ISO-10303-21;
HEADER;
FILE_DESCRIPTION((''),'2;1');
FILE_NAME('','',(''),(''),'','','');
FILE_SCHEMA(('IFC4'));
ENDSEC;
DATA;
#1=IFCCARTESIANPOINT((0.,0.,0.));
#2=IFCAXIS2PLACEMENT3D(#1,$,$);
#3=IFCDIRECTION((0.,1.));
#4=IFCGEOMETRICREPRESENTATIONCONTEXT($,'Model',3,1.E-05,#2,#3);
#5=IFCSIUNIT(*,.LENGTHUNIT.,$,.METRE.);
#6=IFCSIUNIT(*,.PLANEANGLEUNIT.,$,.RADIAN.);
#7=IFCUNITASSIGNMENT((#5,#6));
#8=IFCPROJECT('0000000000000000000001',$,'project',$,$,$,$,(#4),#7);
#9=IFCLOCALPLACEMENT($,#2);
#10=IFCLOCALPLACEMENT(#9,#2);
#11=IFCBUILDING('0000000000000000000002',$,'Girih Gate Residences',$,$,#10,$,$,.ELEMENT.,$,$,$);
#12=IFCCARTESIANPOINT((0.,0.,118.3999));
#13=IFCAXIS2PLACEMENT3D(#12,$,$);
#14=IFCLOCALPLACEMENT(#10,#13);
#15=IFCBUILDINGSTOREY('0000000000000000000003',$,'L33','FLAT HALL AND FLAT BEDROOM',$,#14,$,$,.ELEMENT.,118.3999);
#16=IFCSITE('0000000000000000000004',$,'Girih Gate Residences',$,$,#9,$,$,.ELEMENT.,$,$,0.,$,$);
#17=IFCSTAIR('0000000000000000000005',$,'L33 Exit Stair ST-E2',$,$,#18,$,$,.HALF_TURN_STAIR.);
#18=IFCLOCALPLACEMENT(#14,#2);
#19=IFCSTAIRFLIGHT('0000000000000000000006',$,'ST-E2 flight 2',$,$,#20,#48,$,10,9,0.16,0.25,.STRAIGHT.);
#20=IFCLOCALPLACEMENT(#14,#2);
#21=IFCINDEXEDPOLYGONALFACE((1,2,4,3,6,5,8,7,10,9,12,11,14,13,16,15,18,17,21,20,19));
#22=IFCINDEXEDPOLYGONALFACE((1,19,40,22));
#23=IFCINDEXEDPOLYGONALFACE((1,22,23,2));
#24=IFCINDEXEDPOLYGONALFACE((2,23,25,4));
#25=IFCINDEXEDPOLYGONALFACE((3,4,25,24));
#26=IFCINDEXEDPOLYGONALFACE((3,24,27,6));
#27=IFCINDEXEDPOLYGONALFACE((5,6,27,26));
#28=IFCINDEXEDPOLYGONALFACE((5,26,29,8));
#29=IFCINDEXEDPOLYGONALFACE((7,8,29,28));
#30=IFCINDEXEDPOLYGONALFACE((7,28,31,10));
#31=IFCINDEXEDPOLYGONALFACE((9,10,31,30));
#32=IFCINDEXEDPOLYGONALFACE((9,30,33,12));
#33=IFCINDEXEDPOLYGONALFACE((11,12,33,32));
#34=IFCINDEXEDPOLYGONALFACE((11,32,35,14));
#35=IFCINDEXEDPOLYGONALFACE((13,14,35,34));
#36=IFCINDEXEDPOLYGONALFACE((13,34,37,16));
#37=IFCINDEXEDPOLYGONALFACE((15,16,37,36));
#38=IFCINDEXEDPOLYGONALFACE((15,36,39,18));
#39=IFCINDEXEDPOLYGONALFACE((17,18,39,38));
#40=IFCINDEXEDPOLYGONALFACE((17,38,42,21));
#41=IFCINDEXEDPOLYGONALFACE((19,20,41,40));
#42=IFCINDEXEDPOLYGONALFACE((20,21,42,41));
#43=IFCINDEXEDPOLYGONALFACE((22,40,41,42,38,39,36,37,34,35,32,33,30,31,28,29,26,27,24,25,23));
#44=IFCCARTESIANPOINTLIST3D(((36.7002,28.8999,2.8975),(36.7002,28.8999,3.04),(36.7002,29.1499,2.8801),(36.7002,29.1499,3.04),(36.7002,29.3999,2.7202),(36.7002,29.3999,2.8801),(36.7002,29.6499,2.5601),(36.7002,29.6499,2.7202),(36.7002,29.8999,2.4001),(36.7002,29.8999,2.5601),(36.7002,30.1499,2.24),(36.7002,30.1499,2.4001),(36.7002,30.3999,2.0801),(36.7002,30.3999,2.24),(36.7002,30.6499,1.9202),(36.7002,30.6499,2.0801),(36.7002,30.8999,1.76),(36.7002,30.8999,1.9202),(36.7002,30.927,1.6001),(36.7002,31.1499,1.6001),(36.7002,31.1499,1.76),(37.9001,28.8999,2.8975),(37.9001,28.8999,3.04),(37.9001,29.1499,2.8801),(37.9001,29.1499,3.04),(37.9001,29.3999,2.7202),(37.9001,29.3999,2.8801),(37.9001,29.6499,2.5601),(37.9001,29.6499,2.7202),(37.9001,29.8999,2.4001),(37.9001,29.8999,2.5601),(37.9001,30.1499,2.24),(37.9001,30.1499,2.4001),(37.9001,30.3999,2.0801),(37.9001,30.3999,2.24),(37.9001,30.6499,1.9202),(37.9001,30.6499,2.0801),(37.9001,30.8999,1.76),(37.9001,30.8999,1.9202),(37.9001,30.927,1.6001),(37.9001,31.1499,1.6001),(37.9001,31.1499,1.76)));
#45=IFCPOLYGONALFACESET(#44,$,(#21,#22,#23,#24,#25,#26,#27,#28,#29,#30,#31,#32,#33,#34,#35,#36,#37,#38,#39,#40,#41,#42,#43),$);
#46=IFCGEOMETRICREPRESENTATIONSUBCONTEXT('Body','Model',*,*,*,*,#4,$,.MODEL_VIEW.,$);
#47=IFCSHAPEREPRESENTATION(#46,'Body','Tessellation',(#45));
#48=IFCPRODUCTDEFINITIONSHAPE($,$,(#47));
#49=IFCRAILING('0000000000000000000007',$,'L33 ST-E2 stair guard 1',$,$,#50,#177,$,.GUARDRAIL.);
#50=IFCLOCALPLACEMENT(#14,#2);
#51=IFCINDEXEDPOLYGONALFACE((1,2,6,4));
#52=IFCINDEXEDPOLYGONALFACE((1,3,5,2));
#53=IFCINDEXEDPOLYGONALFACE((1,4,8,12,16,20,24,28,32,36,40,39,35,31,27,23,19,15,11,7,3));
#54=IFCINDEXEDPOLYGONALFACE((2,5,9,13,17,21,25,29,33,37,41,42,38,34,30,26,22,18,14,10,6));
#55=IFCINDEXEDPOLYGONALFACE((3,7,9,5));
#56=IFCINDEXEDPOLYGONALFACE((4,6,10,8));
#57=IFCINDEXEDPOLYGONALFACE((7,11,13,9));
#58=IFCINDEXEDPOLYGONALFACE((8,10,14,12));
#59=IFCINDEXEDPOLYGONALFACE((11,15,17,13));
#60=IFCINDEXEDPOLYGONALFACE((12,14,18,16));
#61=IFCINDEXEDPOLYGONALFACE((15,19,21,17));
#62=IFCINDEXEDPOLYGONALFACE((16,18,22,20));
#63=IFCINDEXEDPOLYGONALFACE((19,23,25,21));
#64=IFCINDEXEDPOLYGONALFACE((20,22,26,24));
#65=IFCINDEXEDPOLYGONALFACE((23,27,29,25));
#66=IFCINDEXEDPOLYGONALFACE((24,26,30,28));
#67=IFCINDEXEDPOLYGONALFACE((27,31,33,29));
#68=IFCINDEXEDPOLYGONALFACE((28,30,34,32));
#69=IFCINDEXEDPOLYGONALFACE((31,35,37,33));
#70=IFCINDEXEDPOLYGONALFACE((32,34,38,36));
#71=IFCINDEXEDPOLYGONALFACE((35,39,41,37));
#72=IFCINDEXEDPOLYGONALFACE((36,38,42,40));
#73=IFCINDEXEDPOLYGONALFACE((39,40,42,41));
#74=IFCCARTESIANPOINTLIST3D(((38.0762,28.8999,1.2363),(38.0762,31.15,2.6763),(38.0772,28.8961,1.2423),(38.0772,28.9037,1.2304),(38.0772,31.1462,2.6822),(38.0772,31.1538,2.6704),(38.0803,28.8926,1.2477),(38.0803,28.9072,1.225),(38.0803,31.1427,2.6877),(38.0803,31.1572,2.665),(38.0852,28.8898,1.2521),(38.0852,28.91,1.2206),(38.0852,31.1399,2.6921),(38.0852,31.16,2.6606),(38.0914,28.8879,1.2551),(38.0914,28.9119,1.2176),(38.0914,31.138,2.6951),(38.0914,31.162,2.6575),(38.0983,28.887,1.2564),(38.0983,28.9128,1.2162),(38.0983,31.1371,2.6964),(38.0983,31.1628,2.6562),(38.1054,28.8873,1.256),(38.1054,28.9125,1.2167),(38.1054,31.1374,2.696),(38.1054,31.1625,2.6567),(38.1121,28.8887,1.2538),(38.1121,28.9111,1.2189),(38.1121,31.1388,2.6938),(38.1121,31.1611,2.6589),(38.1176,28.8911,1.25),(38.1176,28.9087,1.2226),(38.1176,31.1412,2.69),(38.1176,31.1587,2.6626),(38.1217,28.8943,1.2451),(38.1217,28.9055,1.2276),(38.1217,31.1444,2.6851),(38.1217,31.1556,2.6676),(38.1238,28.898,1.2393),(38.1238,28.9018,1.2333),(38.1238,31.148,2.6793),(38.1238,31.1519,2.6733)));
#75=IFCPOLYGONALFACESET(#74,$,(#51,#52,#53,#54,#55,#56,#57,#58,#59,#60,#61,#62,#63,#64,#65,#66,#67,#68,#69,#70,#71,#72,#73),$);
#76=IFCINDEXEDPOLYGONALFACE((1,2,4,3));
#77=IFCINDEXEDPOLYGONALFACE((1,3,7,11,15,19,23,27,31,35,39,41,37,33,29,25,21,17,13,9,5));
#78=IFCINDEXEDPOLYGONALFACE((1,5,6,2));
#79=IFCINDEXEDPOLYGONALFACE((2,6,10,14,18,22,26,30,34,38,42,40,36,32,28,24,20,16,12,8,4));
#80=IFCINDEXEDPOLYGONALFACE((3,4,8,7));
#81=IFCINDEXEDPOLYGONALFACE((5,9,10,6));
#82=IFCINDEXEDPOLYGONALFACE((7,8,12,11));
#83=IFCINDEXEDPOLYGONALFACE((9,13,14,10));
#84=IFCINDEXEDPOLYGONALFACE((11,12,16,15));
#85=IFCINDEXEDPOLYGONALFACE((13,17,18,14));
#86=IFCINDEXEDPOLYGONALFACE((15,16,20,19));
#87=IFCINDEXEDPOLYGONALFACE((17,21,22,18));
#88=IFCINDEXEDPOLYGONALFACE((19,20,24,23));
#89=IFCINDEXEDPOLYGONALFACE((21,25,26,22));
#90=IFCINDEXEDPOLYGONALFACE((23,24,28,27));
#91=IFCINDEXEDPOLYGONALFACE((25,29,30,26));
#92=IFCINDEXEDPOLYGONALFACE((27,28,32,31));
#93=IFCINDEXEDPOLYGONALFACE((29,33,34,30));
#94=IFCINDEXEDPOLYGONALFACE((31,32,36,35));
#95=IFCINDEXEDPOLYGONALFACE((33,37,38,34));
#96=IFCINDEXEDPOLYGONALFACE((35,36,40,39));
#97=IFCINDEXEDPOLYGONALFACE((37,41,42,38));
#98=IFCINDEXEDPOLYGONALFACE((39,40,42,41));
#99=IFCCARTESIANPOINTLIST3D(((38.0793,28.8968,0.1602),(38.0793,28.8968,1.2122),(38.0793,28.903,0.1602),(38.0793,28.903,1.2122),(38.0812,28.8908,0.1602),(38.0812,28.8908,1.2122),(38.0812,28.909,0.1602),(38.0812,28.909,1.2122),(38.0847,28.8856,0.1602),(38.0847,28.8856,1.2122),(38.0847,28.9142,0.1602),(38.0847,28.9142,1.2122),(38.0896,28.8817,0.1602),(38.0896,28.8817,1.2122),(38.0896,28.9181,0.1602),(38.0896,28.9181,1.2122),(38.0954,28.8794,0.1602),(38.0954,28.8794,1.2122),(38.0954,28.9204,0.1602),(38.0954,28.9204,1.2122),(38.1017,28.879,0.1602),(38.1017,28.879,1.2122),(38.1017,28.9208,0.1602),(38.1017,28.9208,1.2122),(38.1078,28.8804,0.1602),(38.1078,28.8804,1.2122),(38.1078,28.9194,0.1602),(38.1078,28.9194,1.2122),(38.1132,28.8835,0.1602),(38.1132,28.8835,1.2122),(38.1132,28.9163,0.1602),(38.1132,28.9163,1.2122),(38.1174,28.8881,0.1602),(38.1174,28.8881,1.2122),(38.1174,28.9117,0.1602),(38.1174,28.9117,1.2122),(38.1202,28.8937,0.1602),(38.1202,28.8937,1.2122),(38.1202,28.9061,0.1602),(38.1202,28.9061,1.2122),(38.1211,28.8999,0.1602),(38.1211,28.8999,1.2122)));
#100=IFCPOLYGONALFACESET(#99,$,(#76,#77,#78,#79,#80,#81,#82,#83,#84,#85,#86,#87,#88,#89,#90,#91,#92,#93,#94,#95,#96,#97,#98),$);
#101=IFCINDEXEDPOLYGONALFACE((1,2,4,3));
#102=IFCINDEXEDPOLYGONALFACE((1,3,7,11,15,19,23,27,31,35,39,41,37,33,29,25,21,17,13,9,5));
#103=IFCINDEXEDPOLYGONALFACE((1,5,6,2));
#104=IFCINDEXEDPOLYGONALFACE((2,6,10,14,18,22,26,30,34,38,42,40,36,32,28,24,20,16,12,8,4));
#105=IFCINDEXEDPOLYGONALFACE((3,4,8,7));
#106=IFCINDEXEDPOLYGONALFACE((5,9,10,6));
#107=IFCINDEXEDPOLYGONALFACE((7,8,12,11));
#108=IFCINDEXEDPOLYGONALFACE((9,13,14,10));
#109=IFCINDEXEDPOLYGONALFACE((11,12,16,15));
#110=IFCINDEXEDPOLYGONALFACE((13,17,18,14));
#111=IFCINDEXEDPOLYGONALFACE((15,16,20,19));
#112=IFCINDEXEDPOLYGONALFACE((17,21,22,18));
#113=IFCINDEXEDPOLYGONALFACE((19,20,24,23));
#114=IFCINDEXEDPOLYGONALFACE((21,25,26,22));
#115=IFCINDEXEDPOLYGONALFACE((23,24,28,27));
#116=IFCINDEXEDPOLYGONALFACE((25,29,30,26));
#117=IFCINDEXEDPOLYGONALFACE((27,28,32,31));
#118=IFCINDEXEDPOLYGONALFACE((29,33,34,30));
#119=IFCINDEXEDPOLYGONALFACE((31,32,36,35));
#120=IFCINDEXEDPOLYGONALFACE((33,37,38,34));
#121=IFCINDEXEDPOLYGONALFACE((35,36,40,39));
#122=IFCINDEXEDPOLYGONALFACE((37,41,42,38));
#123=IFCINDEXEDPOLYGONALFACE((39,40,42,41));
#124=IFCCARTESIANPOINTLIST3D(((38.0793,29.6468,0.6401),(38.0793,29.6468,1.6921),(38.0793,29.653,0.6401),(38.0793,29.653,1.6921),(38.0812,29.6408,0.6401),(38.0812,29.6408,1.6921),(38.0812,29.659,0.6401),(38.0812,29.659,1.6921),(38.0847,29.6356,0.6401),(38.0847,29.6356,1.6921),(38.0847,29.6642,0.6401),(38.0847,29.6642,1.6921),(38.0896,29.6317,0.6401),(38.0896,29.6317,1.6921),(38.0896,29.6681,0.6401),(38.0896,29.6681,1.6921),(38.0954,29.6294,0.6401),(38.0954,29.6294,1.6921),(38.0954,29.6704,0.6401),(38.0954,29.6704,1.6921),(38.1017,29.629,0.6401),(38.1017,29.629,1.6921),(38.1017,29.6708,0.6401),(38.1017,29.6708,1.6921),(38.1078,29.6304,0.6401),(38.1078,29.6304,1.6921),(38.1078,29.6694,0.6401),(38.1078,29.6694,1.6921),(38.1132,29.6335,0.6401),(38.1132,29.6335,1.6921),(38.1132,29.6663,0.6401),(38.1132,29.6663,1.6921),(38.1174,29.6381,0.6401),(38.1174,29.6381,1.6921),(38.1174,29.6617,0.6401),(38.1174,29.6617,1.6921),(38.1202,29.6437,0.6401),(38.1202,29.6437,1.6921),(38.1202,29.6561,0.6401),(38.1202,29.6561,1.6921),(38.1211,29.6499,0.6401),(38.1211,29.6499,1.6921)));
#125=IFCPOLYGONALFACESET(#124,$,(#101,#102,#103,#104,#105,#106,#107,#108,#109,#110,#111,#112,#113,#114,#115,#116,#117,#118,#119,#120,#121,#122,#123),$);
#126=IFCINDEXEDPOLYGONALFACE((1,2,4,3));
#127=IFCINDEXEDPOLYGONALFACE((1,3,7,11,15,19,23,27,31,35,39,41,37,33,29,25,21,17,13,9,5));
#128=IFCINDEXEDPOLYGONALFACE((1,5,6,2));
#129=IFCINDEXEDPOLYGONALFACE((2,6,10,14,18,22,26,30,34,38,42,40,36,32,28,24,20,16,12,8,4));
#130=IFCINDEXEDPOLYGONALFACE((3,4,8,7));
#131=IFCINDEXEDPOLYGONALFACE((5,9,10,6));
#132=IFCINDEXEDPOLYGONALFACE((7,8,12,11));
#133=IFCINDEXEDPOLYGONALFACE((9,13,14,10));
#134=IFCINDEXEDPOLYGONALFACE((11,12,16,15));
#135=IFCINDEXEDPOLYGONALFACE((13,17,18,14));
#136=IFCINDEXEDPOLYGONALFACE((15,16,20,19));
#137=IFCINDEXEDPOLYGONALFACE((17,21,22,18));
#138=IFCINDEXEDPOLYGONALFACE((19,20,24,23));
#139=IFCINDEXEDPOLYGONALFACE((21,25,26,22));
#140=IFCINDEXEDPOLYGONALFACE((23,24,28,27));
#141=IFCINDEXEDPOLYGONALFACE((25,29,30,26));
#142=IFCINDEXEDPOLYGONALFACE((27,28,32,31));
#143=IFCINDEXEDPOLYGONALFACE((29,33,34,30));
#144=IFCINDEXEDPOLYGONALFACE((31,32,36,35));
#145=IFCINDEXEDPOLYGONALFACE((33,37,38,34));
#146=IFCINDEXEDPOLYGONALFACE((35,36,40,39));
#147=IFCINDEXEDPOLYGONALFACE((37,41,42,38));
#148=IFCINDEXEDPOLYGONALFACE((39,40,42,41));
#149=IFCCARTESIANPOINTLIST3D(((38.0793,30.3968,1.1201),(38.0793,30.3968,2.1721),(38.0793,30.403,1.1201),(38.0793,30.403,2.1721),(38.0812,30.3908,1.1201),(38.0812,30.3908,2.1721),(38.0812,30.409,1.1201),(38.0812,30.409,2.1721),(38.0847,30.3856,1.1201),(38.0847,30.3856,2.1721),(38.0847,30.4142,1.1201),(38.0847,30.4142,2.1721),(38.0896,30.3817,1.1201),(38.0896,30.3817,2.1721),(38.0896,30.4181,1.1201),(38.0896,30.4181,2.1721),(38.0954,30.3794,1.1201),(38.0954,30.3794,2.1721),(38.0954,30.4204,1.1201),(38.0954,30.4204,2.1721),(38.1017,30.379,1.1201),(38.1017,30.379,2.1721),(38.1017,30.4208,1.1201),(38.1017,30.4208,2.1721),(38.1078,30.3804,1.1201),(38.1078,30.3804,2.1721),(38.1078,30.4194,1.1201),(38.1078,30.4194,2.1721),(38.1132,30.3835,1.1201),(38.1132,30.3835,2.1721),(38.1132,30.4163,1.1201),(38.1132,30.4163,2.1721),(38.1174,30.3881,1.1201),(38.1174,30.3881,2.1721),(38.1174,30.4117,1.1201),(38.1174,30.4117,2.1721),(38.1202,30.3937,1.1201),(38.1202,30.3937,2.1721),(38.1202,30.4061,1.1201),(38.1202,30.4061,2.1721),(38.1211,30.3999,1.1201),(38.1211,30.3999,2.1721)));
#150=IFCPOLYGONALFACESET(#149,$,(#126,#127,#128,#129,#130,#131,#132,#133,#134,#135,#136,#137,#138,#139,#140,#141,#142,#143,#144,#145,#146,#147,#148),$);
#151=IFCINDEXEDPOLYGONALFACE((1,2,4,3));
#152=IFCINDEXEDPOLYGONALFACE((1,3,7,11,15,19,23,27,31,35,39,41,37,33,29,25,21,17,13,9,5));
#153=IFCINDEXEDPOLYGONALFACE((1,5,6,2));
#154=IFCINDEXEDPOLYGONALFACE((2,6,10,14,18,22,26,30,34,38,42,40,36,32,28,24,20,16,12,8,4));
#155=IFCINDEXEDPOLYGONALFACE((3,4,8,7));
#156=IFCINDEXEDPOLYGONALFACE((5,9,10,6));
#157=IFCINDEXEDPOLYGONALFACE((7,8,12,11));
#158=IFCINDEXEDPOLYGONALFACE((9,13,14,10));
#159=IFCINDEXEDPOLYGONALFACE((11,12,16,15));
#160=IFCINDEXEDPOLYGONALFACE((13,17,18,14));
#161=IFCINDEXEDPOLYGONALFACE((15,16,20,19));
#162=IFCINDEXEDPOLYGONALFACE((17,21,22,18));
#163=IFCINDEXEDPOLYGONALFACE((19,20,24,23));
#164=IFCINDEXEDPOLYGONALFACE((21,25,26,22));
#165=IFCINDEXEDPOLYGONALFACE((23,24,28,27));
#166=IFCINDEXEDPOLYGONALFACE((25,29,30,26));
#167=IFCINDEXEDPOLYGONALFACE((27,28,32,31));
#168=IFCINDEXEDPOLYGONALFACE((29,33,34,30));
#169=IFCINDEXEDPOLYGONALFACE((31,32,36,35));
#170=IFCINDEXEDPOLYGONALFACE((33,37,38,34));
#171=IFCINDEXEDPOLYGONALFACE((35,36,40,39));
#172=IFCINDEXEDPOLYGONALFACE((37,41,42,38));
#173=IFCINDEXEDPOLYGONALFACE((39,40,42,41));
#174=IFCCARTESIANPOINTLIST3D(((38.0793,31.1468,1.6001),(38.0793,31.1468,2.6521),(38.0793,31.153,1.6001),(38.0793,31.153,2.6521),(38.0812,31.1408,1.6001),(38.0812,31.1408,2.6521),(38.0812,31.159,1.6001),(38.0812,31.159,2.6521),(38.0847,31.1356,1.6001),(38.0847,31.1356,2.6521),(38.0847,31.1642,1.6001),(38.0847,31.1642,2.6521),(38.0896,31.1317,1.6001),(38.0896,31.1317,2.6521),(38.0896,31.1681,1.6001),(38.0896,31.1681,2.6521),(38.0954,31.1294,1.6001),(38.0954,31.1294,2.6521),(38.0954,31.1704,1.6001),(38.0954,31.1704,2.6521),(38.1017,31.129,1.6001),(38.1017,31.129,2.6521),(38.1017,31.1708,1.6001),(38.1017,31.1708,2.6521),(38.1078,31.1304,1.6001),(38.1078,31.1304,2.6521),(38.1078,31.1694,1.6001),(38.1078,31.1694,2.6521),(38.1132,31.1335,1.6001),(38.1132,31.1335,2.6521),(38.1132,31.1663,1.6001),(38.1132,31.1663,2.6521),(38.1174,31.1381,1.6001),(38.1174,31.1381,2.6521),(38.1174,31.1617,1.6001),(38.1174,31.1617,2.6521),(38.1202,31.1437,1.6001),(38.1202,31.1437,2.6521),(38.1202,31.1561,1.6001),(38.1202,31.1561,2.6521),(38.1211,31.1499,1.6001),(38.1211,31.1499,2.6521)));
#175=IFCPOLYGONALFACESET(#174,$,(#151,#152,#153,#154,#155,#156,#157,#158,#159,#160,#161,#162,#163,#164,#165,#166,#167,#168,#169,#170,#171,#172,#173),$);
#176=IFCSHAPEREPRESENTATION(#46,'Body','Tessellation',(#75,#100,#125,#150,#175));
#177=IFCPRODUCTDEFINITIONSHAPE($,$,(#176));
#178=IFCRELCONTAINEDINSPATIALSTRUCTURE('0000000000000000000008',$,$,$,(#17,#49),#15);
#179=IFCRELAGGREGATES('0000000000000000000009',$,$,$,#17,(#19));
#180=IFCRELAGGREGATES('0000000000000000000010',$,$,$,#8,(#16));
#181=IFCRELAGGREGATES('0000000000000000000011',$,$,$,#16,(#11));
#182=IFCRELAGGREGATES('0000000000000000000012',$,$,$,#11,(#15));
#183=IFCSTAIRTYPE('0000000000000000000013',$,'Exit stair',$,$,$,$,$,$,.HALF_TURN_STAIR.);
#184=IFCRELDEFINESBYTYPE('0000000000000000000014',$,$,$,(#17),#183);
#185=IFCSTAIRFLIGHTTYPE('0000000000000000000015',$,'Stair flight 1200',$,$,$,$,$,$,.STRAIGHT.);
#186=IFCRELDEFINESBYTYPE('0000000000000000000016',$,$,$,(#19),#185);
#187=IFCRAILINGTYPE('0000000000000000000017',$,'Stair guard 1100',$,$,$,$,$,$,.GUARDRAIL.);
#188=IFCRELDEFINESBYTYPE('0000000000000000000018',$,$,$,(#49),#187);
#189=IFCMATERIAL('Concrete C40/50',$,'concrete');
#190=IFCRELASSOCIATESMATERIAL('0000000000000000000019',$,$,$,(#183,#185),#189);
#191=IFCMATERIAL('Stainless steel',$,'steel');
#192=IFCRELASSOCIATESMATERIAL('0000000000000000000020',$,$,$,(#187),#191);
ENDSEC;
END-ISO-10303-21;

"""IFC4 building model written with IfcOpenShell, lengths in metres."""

from ifc_helpers import new_model, si_unit, direction, frame, origin, origin_2d, place, context, subcontext, project, spatial, polyline, circle, outline, extrude, material, type_object, element, aggregate, save


model = new_model("IFC4")

# Units and contexts
model_context = context("Model", 3, precision=1e-05, world=origin(), true_north=direction((0.0, 1.0)))
body_context = subcontext(model_context, "Body", "Model", "MODEL_VIEW")
ifc_project = project(units=[si_unit("LENGTHUNIT", "METRE"), si_unit("PLANEANGLEUNIT", "RADIAN")], contexts=[model_context])

# Site, building, storey
site_placement = place(None, origin())
site = spatial("IfcSite", under=ifc_project, at=site_placement, Name="Girih Gate Residences", CompositionType="ELEMENT", RefElevation=0.0)
building_placement = place(site_placement, origin())
building = spatial("IfcBuilding", under=site, at=building_placement, Name="Girih Gate Residences", CompositionType="ELEMENT")
storey_placement = place(building_placement, frame((0.0, 0.0, 118.3999)))
storey = spatial("IfcBuildingStorey", under=building, at=storey_placement, Name="L33", Description="FLAT HALL AND FLAT BEDROOM", CompositionType="ELEMENT", Elevation=118.3999)

# Stair, stair flight
ifc_material_1 = material(Name="Concrete C40/50", Category="concrete")
stair_type = type_object("IfcStairType", Name="Exit stair", PredefinedType="HALF_TURN_STAIR", material=ifc_material_1)
stair_placement = place(storey_placement, origin())
stair = element("IfcStair", 1, at=stair_placement, inside=storey, type_object=stair_type, Name="L33 Exit Stair ST-E2", PredefinedType="HALF_TURN_STAIR")
stair_flight_type = type_object("IfcStairFlightType", Name="Stair flight 1200", PredefinedType="STRAIGHT", material=ifc_material_1)
stair_flight_1_placement = place(storey_placement, frame((37.3, 31.1499, 1.6001), z_axis=(0.0, 0.0, 1.0), x_axis=(0.0, -1.0, 0.0)))
stair_flight_1 = element("IfcStairFlight", 2, at=stair_flight_1_placement, type_object=stair_flight_type, Name="ST-E2 flight 2", NumberOfRisers=10, NumberOfTreads=9, PredefinedType="STRAIGHT", RiserHeight=0.16, TreadLength=0.25, context=body_context, shape_type="SweptSolid", body=[
    extrude(outline(polyline([(0.0, 0.0), (0.0, 0.1599), (0.25, 0.1599), (0.25, 0.3201), (0.5, 0.3201), (0.5, 0.48), (0.75, 0.48), (0.75, 0.6399), (1.0, 0.6399), (1.0, 0.8), (1.25, 0.8), (1.25, 0.96), (1.5, 0.96), (1.5, 1.1201), (1.75, 1.1201), (1.75, 1.28), (2.0, 1.28), (2.0, 1.4399), (2.25, 1.4399), (2.25, 1.6001), (2.25, 1.2974), (0.2229, 0.0), (0.0, 0.0)])), frame((0.0, 0.6001, 0.0), z_axis=(0.0, -1.0, 0.0), x_axis=(1.0, 0.0, 0.0)), (0.0, 0.0, 1.0), 1.2),
])
aggregate(stair, [stair_flight_1])

# Railing
ifc_material_2 = material(Name="Stainless steel", Category="steel")
railing_type_1 = type_object("IfcRailingType", Name="Stair guard 1100", PredefinedType="GUARDRAIL", material=ifc_material_2)
railing_1_placement = place(storey_placement, frame((38.1001, 28.8999, 0.1602)))
element("IfcRailing", 3, at=railing_1_placement, inside=storey, type_object=railing_type_1, Name="L33 ST-E2 stair guard 1", PredefinedType="GUARDRAIL", context=body_context, shape_type="SweptSolid", body=[
    extrude(circle(Radius=0.0239, at=origin_2d()), frame((0.0, 0.0, 1.0762), z_axis=(0.0, 0.842281, 0.539038), x_axis=(-1.0, 0.0, 0.0)), (0.0, 0.0, 1.0), 2.6714),
    extrude(circle(Radius=0.021, at=origin_2d()), origin(), (0.0, 0.0, 1.0), 1.052),
    extrude(circle(Radius=0.021, at=origin_2d()), frame((0.0, 0.75, 0.48)), (0.0, 0.0, 1.0), 1.052),
    extrude(circle(Radius=0.021, at=origin_2d()), frame((0.0, 1.5, 0.96)), (0.0, 0.0, 1.0), 1.052),
    extrude(circle(Radius=0.021, at=origin_2d()), frame((0.0, 2.25, 1.4399)), (0.0, 0.0, 1.0), 1.052),
])

save(model, "model.ifc")
